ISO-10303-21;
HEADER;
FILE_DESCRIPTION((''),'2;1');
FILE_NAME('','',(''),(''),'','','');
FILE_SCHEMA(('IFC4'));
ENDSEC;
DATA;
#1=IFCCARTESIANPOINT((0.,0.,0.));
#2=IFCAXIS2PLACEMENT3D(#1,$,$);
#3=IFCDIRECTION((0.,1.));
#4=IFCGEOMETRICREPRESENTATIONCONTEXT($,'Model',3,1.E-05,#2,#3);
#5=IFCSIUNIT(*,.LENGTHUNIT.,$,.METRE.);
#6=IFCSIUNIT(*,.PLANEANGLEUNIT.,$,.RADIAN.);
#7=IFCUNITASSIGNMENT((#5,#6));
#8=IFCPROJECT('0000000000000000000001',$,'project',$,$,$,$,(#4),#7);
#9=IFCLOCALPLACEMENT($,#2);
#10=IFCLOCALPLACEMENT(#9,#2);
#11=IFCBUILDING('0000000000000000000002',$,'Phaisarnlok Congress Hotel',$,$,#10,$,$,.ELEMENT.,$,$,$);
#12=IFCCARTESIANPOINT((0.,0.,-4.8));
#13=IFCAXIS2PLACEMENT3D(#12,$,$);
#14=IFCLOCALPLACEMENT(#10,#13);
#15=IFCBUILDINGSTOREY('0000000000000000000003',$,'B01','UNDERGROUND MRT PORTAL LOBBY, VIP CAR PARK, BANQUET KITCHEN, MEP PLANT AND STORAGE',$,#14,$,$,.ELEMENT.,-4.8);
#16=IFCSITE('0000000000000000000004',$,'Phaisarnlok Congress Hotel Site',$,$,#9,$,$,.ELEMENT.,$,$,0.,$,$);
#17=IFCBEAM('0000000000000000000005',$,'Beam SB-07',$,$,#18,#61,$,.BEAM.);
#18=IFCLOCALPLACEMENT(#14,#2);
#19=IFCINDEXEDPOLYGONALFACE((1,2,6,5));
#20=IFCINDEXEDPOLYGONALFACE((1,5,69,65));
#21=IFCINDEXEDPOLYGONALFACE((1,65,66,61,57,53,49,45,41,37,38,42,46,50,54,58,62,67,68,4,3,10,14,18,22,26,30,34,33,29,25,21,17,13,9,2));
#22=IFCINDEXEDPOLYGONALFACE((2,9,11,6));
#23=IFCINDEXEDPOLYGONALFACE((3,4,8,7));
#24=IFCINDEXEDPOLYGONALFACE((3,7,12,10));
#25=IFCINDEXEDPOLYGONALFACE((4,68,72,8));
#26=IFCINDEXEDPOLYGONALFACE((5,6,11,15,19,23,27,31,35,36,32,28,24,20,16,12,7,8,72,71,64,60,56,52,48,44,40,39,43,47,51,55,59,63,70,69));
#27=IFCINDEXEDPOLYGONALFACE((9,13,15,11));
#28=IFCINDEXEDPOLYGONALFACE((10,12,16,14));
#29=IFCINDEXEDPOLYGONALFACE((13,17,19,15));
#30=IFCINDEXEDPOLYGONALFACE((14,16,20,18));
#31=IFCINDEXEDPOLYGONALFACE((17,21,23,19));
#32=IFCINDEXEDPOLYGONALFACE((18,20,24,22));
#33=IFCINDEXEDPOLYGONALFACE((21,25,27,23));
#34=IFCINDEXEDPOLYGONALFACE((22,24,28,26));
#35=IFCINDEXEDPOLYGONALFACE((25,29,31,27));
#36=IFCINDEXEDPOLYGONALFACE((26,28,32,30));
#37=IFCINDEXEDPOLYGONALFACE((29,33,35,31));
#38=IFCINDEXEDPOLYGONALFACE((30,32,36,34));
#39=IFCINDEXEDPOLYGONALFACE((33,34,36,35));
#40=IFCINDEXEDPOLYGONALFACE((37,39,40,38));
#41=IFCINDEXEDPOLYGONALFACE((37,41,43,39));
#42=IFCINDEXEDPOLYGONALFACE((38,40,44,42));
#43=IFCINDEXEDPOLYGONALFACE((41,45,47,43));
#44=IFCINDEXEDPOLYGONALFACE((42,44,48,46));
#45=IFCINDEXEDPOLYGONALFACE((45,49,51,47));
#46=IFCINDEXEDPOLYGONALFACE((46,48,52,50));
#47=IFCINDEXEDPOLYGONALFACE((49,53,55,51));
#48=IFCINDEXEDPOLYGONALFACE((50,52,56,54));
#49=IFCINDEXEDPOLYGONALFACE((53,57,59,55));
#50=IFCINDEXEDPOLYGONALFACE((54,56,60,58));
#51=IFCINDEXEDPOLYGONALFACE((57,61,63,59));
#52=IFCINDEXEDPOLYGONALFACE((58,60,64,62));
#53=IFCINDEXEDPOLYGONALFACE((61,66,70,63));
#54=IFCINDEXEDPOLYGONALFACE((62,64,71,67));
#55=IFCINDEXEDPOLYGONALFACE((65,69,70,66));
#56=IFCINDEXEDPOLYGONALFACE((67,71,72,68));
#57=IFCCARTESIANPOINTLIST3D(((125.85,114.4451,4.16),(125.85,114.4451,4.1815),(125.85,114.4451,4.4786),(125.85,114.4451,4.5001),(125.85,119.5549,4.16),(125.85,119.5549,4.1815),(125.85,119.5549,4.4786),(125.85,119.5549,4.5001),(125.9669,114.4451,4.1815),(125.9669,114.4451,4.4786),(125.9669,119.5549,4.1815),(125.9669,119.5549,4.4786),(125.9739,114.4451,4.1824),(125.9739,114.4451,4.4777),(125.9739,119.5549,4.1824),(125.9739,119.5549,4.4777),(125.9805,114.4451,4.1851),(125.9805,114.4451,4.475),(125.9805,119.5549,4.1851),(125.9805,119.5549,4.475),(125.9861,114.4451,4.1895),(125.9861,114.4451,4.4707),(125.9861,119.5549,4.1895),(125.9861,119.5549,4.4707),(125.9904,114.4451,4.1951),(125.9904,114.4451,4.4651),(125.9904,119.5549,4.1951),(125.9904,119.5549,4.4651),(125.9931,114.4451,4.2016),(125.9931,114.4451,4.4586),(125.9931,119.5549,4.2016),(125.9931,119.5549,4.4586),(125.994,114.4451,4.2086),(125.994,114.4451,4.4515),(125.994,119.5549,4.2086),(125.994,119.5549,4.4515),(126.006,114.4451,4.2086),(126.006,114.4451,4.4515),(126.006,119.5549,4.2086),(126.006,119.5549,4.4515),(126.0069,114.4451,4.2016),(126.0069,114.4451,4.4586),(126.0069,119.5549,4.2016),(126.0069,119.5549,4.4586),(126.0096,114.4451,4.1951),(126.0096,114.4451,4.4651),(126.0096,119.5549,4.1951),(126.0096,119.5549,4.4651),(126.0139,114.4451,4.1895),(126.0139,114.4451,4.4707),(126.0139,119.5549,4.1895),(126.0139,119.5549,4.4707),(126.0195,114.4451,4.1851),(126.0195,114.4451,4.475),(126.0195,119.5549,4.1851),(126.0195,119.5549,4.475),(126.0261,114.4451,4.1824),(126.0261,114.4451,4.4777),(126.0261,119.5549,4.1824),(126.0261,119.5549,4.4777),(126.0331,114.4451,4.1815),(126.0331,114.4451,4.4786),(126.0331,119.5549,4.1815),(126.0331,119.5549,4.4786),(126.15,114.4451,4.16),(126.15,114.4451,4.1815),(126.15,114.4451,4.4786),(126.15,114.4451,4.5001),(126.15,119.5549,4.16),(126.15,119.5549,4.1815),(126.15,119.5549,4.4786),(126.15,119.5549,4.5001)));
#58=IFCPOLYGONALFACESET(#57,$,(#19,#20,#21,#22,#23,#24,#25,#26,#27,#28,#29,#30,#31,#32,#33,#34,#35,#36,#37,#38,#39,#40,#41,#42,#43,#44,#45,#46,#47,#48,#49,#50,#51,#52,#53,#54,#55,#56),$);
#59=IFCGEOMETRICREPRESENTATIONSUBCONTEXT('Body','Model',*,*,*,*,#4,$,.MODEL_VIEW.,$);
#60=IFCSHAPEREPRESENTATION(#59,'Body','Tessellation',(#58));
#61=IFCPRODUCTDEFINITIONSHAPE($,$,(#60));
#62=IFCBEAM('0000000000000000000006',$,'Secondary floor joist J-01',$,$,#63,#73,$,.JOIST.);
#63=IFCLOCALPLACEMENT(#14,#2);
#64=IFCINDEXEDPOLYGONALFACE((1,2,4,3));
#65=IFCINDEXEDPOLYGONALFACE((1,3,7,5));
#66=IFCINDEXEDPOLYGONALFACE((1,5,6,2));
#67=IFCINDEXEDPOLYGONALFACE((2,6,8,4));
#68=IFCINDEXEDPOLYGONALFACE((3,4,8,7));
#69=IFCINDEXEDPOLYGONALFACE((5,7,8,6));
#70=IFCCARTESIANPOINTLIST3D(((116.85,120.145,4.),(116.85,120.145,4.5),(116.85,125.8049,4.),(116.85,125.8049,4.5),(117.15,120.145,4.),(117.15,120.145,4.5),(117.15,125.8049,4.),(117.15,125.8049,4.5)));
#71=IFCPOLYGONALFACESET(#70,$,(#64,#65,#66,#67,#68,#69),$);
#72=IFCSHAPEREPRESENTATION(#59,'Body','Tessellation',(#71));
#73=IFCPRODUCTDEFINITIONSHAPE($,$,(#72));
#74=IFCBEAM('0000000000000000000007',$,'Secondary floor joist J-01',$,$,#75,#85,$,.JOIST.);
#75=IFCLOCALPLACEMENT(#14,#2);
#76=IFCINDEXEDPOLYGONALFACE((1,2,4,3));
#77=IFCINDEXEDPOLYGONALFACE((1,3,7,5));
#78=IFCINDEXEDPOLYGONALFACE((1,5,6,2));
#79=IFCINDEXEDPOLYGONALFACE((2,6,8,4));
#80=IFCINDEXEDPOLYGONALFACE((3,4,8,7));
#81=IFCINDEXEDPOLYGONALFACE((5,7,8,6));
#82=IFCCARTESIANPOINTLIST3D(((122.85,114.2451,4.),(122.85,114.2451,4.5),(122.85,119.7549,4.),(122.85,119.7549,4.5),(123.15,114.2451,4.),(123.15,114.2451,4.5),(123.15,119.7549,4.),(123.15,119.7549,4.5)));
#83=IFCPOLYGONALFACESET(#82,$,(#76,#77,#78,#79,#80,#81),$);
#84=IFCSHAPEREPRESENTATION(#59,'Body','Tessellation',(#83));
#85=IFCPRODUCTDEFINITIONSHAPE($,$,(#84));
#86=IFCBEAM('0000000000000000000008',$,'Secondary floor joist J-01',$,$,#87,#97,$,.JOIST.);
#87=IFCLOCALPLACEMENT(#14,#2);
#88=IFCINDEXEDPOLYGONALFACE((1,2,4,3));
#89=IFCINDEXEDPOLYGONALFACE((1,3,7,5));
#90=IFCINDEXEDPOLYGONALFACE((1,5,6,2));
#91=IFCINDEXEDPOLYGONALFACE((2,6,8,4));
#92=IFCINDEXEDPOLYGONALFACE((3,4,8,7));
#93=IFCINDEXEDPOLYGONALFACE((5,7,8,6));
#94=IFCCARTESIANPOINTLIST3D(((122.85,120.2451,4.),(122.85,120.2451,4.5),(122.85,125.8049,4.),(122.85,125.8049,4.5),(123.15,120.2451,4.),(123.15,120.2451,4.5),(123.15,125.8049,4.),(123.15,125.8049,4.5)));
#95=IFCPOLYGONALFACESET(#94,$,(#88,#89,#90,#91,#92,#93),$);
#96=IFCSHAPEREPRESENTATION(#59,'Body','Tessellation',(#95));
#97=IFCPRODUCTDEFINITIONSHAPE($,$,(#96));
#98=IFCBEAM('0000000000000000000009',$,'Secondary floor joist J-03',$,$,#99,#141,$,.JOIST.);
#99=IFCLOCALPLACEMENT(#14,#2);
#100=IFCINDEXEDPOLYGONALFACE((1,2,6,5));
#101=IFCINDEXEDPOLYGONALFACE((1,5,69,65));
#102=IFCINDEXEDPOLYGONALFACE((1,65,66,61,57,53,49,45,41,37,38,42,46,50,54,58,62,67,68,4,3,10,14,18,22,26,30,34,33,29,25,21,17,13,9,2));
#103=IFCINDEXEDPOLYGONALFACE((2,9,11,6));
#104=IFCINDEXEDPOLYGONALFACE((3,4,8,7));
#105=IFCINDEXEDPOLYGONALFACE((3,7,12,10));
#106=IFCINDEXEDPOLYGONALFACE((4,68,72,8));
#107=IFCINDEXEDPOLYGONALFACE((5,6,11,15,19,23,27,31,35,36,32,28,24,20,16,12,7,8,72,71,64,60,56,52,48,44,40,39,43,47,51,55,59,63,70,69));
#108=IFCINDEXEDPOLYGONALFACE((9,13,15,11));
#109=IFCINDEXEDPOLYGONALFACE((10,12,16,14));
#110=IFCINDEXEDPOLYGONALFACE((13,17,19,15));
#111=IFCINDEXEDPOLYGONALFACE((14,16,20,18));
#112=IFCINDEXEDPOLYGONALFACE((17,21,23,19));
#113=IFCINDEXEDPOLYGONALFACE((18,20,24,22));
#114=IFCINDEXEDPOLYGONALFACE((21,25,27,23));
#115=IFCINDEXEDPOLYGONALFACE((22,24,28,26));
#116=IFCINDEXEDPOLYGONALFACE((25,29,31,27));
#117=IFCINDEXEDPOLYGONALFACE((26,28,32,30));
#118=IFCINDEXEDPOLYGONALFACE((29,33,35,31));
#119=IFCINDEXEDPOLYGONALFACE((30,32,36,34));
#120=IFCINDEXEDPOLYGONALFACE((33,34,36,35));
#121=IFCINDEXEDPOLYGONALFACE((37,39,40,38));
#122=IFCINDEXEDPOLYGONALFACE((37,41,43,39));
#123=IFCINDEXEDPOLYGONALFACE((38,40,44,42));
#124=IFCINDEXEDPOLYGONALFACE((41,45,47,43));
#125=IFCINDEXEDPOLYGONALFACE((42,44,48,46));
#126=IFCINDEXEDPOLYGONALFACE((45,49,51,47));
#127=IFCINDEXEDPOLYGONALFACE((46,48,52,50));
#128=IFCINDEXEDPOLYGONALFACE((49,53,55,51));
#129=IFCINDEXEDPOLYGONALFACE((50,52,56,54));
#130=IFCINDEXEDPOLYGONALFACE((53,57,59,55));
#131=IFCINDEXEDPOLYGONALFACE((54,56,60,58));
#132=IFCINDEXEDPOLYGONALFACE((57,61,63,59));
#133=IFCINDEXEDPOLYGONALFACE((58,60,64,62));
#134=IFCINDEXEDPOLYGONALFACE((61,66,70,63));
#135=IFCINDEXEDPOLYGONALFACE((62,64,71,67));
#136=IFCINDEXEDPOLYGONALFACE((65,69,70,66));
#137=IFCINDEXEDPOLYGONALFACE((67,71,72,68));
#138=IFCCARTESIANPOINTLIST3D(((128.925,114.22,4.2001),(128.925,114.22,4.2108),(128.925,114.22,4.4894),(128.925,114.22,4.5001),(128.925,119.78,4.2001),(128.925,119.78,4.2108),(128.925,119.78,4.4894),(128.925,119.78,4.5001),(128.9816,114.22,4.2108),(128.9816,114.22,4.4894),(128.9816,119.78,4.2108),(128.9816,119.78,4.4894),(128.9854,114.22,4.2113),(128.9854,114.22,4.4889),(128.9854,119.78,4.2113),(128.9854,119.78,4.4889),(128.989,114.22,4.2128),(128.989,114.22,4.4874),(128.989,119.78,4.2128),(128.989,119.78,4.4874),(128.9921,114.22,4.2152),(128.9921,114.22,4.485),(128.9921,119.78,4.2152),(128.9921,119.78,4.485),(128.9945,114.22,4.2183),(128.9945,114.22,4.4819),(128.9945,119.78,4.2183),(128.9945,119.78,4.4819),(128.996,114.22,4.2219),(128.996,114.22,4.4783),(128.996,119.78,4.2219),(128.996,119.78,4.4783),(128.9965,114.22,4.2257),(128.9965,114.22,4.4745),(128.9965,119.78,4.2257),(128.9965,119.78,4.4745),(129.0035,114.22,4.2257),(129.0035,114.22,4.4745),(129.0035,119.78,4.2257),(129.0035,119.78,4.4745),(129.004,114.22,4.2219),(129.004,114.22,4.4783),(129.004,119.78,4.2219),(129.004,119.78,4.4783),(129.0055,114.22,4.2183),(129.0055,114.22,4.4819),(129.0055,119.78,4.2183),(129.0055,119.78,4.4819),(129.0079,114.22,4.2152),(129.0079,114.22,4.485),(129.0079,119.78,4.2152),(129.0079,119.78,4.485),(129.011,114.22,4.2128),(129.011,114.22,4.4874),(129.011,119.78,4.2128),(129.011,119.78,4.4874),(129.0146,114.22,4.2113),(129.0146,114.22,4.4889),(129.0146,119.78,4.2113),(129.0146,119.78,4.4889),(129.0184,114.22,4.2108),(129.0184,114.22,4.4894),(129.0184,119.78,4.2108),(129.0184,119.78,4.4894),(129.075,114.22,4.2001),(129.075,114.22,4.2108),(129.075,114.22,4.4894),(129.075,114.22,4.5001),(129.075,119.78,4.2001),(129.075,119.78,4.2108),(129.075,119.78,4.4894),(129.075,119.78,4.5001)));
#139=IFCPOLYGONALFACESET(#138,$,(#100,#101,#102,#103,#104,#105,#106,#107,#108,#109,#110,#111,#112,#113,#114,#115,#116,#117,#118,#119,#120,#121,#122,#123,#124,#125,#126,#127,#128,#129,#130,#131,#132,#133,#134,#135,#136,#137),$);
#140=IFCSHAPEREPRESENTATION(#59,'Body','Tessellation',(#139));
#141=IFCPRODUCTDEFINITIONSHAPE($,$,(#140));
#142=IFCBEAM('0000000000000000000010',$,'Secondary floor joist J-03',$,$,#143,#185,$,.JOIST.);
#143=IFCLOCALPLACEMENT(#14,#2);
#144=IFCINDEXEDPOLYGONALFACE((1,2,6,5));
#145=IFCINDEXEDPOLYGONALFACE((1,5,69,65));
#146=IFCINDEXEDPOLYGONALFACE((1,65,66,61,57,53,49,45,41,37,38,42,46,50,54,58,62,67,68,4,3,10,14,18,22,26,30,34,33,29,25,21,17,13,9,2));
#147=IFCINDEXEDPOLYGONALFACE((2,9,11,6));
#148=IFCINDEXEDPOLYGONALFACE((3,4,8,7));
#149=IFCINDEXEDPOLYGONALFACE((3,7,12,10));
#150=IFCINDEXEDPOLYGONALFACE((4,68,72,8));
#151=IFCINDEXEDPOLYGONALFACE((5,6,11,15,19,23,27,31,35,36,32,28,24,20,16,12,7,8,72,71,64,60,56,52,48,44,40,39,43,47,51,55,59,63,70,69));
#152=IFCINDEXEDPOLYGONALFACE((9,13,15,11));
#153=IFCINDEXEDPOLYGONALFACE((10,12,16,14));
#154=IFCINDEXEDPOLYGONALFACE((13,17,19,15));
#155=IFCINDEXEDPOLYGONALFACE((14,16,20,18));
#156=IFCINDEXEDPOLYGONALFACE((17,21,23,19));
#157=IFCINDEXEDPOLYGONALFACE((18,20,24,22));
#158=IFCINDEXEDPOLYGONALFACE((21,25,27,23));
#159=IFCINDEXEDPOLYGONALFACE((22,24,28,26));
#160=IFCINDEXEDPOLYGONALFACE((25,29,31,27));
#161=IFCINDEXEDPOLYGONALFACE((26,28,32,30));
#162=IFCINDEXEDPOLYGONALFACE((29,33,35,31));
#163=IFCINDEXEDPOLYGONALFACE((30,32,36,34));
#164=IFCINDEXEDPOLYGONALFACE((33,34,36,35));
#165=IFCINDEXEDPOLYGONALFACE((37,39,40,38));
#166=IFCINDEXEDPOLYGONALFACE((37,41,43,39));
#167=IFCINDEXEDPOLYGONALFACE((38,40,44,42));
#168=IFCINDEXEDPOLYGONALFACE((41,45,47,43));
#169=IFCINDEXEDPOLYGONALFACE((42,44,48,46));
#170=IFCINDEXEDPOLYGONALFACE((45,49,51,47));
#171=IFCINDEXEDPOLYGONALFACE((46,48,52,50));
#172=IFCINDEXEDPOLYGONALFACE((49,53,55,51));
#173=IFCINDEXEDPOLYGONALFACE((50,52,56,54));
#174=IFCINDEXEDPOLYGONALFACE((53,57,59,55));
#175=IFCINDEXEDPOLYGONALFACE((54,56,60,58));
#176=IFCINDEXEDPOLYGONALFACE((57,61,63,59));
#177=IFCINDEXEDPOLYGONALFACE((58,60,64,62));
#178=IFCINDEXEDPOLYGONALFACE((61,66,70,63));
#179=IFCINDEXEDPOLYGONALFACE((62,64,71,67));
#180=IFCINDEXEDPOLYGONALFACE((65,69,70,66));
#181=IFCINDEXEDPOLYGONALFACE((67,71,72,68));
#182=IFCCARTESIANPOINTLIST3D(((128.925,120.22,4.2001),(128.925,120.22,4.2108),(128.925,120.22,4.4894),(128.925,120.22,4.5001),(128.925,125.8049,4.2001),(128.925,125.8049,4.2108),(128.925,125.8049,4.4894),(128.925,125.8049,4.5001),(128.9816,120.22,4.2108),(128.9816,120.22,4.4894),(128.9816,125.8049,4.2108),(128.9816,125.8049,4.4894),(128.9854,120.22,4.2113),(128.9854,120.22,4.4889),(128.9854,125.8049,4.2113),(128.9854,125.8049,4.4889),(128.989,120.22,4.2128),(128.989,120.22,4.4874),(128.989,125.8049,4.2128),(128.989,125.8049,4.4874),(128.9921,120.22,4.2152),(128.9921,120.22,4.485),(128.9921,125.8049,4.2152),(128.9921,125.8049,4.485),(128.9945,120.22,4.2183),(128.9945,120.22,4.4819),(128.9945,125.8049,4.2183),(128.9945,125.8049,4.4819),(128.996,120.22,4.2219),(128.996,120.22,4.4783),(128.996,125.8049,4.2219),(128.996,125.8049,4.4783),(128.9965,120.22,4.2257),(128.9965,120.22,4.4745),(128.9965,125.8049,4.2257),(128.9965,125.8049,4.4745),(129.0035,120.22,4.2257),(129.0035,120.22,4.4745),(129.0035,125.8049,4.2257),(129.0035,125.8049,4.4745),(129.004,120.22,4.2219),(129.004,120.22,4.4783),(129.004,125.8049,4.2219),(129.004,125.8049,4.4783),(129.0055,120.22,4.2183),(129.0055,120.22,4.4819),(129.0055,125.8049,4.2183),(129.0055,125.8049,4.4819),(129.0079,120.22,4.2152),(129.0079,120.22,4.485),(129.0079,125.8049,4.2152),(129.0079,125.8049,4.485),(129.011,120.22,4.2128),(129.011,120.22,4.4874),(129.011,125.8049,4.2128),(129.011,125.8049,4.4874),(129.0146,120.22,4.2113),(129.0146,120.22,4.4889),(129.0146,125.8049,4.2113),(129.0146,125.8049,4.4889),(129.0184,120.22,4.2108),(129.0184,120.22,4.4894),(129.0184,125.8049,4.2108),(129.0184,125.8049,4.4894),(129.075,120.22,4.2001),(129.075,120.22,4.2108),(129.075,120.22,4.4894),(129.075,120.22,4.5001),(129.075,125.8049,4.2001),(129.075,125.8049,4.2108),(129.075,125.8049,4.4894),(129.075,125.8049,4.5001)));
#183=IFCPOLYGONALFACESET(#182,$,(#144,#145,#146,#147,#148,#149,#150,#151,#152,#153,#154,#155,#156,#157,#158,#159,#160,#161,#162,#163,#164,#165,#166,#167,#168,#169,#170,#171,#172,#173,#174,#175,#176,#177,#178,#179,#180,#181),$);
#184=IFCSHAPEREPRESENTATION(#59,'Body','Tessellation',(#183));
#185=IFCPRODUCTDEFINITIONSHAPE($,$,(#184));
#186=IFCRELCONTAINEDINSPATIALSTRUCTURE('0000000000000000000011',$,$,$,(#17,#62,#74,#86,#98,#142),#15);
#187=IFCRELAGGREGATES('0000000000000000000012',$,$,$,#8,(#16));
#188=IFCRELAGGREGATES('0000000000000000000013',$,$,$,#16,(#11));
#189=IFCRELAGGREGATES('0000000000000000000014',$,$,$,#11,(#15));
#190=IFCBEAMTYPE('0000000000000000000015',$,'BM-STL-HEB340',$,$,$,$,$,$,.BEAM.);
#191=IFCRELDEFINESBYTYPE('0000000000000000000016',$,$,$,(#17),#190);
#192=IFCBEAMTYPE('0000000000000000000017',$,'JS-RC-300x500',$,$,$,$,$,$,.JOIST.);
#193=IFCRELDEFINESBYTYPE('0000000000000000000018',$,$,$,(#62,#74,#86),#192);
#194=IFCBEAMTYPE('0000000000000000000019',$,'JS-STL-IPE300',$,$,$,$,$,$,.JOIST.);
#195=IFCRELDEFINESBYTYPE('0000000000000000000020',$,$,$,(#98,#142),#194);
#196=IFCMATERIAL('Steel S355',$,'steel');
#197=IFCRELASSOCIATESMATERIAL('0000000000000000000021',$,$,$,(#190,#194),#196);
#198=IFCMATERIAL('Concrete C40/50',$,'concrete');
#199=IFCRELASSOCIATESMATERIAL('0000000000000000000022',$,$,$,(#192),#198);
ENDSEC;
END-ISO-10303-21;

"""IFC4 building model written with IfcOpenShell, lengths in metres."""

from ifc_helpers import new_model, si_unit, direction, frame, origin, origin_2d, place, context, subcontext, project, spatial, rectangle, i_section, extrude, material, material_profile, profile_set, type_object, element, save


model = new_model("IFC4")

# Units and contexts
model_context = context("Model", 3, precision=1e-05, world=origin(), true_north=direction((0.0, 1.0)))
body_context = subcontext(model_context, "Body", "Model", "MODEL_VIEW")
ifc_project = project(units=[si_unit("LENGTHUNIT", "METRE"), si_unit("PLANEANGLEUNIT", "RADIAN")], contexts=[model_context])

# Site, building, storey
site_placement = place(None, origin())
site = spatial("IfcSite", under=ifc_project, at=site_placement, Name="Phaisarnlok Congress Hotel Site", CompositionType="ELEMENT", RefElevation=0.0)
building_placement = place(site_placement, origin())
building = spatial("IfcBuilding", under=site, at=building_placement, Name="Phaisarnlok Congress Hotel", CompositionType="ELEMENT")
storey_placement = place(building_placement, frame((0.0, 0.0, -4.8)))
storey = spatial("IfcBuildingStorey", under=building, at=storey_placement, Name="B01", Description="UNDERGROUND MRT PORTAL LOBBY, VIP CAR PARK, BANQUET KITCHEN, MEP PLANT AND STORAGE", CompositionType="ELEMENT", Elevation=-4.8)

# Shared definitions
ifc_material_1 = material(Name="Concrete C40/50", Category="concrete")

# Beams
ifc_material_2 = material(Name="Steel S355", Category="steel")
ifc_material_profile_1 = material_profile(ifc_material_2, i_section(OverallWidth=0.3, OverallDepth=0.3401, WebThickness=0.012, FlangeThickness=0.0215, FilletRadius=0.0271, at=origin_2d()), Name="HEB 340")
ifc_profile_set_1 = profile_set([ifc_material_profile_1], Name="Steel S355")
beam_type_1 = type_object("IfcBeamType", Name="BM-STL-HEB340", PredefinedType="BEAM", material=ifc_profile_set_1)
beam_1_placement = place(storey_placement, frame((126.0, 114.4451, 4.3301), z_axis=(0.0, 1.0, 0.0), x_axis=(-1.0, 0.0, 0.0)))
element("IfcBeam", 1, at=beam_1_placement, inside=storey, type_object=beam_type_1, Name="Beam SB-07", PredefinedType="BEAM", context=body_context, shape_type="SweptSolid", body=[
    extrude(i_section(OverallWidth=0.3, OverallDepth=0.3401, WebThickness=0.012, FlangeThickness=0.0215, FilletRadius=0.0271, at=origin_2d()), origin(), (0.0, 0.0, 1.0), 5.1099),
])
ifc_material_profile_2 = material_profile(ifc_material_1, rectangle(XDim=0.3, YDim=0.5, at=origin_2d()), Name="RC 300x500")
ifc_profile_set_2 = profile_set([ifc_material_profile_2], Name="Concrete C40/50")
beam_type_2 = type_object("IfcBeamType", Name="JS-RC-300x500", PredefinedType="JOIST", material=ifc_profile_set_2)
beam_2_placement = place(storey_placement, frame((117.0, 120.145, 4.25), z_axis=(0.0, 1.0, 0.0), x_axis=(-1.0, 0.0, 0.0)))
element("IfcBeam", 2, at=beam_2_placement, inside=storey, type_object=beam_type_2, Name="Secondary floor joist J-01", PredefinedType="JOIST", context=body_context, shape_type="SweptSolid", body=[
    extrude(rectangle(XDim=0.3, YDim=0.5, at=origin_2d()), origin(), (0.0, 0.0, 1.0), 5.6599),
])
beam_3_placement = place(storey_placement, frame((123.0, 114.2451, 4.25), z_axis=(0.0, 1.0, 0.0), x_axis=(-1.0, 0.0, 0.0)))
element("IfcBeam", 3, at=beam_3_placement, inside=storey, type_object=beam_type_2, Name="Secondary floor joist J-01", PredefinedType="JOIST", context=body_context, shape_type="SweptSolid", body=[
    extrude(rectangle(XDim=0.3, YDim=0.5, at=origin_2d()), origin(), (0.0, 0.0, 1.0), 5.5098),
])
beam_4_placement = place(storey_placement, frame((123.0, 120.2451, 4.25), z_axis=(0.0, 1.0, 0.0), x_axis=(-1.0, 0.0, 0.0)))
element("IfcBeam", 4, at=beam_4_placement, inside=storey, type_object=beam_type_2, Name="Secondary floor joist J-01", PredefinedType="JOIST", context=body_context, shape_type="SweptSolid", body=[
    extrude(rectangle(XDim=0.3, YDim=0.5, at=origin_2d()), origin(), (0.0, 0.0, 1.0), 5.5598),
])
ifc_material_profile_3 = material_profile(ifc_material_2, i_section(OverallWidth=0.1499, OverallDepth=0.3, WebThickness=0.0071, FlangeThickness=0.0107, FilletRadius=0.0149, at=origin_2d()), Name="IPE 300")
ifc_profile_set_3 = profile_set([ifc_material_profile_3], Name="Steel S355")
beam_type_3 = type_object("IfcBeamType", Name="JS-STL-IPE300", PredefinedType="JOIST", material=ifc_profile_set_3)
beam_5_placement = place(storey_placement, frame((129.0, 114.22, 4.3501), z_axis=(0.0, 1.0, 0.0), x_axis=(-1.0, 0.0, 0.0)))
element("IfcBeam", 5, at=beam_5_placement, inside=storey, type_object=beam_type_3, Name="Secondary floor joist J-03", PredefinedType="JOIST", context=body_context, shape_type="SweptSolid", body=[
    extrude(i_section(OverallWidth=0.1499, OverallDepth=0.3, WebThickness=0.0071, FlangeThickness=0.0107, FilletRadius=0.0149, at=origin_2d()), origin(), (0.0, 0.0, 1.0), 5.5601),
])
beam_6_placement = place(storey_placement, frame((129.0, 120.22, 4.3501), z_axis=(0.0, 1.0, 0.0), x_axis=(-1.0, 0.0, 0.0)))
element("IfcBeam", 6, at=beam_6_placement, inside=storey, type_object=beam_type_3, Name="Secondary floor joist J-03", PredefinedType="JOIST", context=body_context, shape_type="SweptSolid", body=[
    extrude(i_section(OverallWidth=0.1499, OverallDepth=0.3, WebThickness=0.0071, FlangeThickness=0.0107, FilletRadius=0.0149, at=origin_2d()), origin(), (0.0, 0.0, 1.0), 5.585),
])

save(model, "model.ifc")
